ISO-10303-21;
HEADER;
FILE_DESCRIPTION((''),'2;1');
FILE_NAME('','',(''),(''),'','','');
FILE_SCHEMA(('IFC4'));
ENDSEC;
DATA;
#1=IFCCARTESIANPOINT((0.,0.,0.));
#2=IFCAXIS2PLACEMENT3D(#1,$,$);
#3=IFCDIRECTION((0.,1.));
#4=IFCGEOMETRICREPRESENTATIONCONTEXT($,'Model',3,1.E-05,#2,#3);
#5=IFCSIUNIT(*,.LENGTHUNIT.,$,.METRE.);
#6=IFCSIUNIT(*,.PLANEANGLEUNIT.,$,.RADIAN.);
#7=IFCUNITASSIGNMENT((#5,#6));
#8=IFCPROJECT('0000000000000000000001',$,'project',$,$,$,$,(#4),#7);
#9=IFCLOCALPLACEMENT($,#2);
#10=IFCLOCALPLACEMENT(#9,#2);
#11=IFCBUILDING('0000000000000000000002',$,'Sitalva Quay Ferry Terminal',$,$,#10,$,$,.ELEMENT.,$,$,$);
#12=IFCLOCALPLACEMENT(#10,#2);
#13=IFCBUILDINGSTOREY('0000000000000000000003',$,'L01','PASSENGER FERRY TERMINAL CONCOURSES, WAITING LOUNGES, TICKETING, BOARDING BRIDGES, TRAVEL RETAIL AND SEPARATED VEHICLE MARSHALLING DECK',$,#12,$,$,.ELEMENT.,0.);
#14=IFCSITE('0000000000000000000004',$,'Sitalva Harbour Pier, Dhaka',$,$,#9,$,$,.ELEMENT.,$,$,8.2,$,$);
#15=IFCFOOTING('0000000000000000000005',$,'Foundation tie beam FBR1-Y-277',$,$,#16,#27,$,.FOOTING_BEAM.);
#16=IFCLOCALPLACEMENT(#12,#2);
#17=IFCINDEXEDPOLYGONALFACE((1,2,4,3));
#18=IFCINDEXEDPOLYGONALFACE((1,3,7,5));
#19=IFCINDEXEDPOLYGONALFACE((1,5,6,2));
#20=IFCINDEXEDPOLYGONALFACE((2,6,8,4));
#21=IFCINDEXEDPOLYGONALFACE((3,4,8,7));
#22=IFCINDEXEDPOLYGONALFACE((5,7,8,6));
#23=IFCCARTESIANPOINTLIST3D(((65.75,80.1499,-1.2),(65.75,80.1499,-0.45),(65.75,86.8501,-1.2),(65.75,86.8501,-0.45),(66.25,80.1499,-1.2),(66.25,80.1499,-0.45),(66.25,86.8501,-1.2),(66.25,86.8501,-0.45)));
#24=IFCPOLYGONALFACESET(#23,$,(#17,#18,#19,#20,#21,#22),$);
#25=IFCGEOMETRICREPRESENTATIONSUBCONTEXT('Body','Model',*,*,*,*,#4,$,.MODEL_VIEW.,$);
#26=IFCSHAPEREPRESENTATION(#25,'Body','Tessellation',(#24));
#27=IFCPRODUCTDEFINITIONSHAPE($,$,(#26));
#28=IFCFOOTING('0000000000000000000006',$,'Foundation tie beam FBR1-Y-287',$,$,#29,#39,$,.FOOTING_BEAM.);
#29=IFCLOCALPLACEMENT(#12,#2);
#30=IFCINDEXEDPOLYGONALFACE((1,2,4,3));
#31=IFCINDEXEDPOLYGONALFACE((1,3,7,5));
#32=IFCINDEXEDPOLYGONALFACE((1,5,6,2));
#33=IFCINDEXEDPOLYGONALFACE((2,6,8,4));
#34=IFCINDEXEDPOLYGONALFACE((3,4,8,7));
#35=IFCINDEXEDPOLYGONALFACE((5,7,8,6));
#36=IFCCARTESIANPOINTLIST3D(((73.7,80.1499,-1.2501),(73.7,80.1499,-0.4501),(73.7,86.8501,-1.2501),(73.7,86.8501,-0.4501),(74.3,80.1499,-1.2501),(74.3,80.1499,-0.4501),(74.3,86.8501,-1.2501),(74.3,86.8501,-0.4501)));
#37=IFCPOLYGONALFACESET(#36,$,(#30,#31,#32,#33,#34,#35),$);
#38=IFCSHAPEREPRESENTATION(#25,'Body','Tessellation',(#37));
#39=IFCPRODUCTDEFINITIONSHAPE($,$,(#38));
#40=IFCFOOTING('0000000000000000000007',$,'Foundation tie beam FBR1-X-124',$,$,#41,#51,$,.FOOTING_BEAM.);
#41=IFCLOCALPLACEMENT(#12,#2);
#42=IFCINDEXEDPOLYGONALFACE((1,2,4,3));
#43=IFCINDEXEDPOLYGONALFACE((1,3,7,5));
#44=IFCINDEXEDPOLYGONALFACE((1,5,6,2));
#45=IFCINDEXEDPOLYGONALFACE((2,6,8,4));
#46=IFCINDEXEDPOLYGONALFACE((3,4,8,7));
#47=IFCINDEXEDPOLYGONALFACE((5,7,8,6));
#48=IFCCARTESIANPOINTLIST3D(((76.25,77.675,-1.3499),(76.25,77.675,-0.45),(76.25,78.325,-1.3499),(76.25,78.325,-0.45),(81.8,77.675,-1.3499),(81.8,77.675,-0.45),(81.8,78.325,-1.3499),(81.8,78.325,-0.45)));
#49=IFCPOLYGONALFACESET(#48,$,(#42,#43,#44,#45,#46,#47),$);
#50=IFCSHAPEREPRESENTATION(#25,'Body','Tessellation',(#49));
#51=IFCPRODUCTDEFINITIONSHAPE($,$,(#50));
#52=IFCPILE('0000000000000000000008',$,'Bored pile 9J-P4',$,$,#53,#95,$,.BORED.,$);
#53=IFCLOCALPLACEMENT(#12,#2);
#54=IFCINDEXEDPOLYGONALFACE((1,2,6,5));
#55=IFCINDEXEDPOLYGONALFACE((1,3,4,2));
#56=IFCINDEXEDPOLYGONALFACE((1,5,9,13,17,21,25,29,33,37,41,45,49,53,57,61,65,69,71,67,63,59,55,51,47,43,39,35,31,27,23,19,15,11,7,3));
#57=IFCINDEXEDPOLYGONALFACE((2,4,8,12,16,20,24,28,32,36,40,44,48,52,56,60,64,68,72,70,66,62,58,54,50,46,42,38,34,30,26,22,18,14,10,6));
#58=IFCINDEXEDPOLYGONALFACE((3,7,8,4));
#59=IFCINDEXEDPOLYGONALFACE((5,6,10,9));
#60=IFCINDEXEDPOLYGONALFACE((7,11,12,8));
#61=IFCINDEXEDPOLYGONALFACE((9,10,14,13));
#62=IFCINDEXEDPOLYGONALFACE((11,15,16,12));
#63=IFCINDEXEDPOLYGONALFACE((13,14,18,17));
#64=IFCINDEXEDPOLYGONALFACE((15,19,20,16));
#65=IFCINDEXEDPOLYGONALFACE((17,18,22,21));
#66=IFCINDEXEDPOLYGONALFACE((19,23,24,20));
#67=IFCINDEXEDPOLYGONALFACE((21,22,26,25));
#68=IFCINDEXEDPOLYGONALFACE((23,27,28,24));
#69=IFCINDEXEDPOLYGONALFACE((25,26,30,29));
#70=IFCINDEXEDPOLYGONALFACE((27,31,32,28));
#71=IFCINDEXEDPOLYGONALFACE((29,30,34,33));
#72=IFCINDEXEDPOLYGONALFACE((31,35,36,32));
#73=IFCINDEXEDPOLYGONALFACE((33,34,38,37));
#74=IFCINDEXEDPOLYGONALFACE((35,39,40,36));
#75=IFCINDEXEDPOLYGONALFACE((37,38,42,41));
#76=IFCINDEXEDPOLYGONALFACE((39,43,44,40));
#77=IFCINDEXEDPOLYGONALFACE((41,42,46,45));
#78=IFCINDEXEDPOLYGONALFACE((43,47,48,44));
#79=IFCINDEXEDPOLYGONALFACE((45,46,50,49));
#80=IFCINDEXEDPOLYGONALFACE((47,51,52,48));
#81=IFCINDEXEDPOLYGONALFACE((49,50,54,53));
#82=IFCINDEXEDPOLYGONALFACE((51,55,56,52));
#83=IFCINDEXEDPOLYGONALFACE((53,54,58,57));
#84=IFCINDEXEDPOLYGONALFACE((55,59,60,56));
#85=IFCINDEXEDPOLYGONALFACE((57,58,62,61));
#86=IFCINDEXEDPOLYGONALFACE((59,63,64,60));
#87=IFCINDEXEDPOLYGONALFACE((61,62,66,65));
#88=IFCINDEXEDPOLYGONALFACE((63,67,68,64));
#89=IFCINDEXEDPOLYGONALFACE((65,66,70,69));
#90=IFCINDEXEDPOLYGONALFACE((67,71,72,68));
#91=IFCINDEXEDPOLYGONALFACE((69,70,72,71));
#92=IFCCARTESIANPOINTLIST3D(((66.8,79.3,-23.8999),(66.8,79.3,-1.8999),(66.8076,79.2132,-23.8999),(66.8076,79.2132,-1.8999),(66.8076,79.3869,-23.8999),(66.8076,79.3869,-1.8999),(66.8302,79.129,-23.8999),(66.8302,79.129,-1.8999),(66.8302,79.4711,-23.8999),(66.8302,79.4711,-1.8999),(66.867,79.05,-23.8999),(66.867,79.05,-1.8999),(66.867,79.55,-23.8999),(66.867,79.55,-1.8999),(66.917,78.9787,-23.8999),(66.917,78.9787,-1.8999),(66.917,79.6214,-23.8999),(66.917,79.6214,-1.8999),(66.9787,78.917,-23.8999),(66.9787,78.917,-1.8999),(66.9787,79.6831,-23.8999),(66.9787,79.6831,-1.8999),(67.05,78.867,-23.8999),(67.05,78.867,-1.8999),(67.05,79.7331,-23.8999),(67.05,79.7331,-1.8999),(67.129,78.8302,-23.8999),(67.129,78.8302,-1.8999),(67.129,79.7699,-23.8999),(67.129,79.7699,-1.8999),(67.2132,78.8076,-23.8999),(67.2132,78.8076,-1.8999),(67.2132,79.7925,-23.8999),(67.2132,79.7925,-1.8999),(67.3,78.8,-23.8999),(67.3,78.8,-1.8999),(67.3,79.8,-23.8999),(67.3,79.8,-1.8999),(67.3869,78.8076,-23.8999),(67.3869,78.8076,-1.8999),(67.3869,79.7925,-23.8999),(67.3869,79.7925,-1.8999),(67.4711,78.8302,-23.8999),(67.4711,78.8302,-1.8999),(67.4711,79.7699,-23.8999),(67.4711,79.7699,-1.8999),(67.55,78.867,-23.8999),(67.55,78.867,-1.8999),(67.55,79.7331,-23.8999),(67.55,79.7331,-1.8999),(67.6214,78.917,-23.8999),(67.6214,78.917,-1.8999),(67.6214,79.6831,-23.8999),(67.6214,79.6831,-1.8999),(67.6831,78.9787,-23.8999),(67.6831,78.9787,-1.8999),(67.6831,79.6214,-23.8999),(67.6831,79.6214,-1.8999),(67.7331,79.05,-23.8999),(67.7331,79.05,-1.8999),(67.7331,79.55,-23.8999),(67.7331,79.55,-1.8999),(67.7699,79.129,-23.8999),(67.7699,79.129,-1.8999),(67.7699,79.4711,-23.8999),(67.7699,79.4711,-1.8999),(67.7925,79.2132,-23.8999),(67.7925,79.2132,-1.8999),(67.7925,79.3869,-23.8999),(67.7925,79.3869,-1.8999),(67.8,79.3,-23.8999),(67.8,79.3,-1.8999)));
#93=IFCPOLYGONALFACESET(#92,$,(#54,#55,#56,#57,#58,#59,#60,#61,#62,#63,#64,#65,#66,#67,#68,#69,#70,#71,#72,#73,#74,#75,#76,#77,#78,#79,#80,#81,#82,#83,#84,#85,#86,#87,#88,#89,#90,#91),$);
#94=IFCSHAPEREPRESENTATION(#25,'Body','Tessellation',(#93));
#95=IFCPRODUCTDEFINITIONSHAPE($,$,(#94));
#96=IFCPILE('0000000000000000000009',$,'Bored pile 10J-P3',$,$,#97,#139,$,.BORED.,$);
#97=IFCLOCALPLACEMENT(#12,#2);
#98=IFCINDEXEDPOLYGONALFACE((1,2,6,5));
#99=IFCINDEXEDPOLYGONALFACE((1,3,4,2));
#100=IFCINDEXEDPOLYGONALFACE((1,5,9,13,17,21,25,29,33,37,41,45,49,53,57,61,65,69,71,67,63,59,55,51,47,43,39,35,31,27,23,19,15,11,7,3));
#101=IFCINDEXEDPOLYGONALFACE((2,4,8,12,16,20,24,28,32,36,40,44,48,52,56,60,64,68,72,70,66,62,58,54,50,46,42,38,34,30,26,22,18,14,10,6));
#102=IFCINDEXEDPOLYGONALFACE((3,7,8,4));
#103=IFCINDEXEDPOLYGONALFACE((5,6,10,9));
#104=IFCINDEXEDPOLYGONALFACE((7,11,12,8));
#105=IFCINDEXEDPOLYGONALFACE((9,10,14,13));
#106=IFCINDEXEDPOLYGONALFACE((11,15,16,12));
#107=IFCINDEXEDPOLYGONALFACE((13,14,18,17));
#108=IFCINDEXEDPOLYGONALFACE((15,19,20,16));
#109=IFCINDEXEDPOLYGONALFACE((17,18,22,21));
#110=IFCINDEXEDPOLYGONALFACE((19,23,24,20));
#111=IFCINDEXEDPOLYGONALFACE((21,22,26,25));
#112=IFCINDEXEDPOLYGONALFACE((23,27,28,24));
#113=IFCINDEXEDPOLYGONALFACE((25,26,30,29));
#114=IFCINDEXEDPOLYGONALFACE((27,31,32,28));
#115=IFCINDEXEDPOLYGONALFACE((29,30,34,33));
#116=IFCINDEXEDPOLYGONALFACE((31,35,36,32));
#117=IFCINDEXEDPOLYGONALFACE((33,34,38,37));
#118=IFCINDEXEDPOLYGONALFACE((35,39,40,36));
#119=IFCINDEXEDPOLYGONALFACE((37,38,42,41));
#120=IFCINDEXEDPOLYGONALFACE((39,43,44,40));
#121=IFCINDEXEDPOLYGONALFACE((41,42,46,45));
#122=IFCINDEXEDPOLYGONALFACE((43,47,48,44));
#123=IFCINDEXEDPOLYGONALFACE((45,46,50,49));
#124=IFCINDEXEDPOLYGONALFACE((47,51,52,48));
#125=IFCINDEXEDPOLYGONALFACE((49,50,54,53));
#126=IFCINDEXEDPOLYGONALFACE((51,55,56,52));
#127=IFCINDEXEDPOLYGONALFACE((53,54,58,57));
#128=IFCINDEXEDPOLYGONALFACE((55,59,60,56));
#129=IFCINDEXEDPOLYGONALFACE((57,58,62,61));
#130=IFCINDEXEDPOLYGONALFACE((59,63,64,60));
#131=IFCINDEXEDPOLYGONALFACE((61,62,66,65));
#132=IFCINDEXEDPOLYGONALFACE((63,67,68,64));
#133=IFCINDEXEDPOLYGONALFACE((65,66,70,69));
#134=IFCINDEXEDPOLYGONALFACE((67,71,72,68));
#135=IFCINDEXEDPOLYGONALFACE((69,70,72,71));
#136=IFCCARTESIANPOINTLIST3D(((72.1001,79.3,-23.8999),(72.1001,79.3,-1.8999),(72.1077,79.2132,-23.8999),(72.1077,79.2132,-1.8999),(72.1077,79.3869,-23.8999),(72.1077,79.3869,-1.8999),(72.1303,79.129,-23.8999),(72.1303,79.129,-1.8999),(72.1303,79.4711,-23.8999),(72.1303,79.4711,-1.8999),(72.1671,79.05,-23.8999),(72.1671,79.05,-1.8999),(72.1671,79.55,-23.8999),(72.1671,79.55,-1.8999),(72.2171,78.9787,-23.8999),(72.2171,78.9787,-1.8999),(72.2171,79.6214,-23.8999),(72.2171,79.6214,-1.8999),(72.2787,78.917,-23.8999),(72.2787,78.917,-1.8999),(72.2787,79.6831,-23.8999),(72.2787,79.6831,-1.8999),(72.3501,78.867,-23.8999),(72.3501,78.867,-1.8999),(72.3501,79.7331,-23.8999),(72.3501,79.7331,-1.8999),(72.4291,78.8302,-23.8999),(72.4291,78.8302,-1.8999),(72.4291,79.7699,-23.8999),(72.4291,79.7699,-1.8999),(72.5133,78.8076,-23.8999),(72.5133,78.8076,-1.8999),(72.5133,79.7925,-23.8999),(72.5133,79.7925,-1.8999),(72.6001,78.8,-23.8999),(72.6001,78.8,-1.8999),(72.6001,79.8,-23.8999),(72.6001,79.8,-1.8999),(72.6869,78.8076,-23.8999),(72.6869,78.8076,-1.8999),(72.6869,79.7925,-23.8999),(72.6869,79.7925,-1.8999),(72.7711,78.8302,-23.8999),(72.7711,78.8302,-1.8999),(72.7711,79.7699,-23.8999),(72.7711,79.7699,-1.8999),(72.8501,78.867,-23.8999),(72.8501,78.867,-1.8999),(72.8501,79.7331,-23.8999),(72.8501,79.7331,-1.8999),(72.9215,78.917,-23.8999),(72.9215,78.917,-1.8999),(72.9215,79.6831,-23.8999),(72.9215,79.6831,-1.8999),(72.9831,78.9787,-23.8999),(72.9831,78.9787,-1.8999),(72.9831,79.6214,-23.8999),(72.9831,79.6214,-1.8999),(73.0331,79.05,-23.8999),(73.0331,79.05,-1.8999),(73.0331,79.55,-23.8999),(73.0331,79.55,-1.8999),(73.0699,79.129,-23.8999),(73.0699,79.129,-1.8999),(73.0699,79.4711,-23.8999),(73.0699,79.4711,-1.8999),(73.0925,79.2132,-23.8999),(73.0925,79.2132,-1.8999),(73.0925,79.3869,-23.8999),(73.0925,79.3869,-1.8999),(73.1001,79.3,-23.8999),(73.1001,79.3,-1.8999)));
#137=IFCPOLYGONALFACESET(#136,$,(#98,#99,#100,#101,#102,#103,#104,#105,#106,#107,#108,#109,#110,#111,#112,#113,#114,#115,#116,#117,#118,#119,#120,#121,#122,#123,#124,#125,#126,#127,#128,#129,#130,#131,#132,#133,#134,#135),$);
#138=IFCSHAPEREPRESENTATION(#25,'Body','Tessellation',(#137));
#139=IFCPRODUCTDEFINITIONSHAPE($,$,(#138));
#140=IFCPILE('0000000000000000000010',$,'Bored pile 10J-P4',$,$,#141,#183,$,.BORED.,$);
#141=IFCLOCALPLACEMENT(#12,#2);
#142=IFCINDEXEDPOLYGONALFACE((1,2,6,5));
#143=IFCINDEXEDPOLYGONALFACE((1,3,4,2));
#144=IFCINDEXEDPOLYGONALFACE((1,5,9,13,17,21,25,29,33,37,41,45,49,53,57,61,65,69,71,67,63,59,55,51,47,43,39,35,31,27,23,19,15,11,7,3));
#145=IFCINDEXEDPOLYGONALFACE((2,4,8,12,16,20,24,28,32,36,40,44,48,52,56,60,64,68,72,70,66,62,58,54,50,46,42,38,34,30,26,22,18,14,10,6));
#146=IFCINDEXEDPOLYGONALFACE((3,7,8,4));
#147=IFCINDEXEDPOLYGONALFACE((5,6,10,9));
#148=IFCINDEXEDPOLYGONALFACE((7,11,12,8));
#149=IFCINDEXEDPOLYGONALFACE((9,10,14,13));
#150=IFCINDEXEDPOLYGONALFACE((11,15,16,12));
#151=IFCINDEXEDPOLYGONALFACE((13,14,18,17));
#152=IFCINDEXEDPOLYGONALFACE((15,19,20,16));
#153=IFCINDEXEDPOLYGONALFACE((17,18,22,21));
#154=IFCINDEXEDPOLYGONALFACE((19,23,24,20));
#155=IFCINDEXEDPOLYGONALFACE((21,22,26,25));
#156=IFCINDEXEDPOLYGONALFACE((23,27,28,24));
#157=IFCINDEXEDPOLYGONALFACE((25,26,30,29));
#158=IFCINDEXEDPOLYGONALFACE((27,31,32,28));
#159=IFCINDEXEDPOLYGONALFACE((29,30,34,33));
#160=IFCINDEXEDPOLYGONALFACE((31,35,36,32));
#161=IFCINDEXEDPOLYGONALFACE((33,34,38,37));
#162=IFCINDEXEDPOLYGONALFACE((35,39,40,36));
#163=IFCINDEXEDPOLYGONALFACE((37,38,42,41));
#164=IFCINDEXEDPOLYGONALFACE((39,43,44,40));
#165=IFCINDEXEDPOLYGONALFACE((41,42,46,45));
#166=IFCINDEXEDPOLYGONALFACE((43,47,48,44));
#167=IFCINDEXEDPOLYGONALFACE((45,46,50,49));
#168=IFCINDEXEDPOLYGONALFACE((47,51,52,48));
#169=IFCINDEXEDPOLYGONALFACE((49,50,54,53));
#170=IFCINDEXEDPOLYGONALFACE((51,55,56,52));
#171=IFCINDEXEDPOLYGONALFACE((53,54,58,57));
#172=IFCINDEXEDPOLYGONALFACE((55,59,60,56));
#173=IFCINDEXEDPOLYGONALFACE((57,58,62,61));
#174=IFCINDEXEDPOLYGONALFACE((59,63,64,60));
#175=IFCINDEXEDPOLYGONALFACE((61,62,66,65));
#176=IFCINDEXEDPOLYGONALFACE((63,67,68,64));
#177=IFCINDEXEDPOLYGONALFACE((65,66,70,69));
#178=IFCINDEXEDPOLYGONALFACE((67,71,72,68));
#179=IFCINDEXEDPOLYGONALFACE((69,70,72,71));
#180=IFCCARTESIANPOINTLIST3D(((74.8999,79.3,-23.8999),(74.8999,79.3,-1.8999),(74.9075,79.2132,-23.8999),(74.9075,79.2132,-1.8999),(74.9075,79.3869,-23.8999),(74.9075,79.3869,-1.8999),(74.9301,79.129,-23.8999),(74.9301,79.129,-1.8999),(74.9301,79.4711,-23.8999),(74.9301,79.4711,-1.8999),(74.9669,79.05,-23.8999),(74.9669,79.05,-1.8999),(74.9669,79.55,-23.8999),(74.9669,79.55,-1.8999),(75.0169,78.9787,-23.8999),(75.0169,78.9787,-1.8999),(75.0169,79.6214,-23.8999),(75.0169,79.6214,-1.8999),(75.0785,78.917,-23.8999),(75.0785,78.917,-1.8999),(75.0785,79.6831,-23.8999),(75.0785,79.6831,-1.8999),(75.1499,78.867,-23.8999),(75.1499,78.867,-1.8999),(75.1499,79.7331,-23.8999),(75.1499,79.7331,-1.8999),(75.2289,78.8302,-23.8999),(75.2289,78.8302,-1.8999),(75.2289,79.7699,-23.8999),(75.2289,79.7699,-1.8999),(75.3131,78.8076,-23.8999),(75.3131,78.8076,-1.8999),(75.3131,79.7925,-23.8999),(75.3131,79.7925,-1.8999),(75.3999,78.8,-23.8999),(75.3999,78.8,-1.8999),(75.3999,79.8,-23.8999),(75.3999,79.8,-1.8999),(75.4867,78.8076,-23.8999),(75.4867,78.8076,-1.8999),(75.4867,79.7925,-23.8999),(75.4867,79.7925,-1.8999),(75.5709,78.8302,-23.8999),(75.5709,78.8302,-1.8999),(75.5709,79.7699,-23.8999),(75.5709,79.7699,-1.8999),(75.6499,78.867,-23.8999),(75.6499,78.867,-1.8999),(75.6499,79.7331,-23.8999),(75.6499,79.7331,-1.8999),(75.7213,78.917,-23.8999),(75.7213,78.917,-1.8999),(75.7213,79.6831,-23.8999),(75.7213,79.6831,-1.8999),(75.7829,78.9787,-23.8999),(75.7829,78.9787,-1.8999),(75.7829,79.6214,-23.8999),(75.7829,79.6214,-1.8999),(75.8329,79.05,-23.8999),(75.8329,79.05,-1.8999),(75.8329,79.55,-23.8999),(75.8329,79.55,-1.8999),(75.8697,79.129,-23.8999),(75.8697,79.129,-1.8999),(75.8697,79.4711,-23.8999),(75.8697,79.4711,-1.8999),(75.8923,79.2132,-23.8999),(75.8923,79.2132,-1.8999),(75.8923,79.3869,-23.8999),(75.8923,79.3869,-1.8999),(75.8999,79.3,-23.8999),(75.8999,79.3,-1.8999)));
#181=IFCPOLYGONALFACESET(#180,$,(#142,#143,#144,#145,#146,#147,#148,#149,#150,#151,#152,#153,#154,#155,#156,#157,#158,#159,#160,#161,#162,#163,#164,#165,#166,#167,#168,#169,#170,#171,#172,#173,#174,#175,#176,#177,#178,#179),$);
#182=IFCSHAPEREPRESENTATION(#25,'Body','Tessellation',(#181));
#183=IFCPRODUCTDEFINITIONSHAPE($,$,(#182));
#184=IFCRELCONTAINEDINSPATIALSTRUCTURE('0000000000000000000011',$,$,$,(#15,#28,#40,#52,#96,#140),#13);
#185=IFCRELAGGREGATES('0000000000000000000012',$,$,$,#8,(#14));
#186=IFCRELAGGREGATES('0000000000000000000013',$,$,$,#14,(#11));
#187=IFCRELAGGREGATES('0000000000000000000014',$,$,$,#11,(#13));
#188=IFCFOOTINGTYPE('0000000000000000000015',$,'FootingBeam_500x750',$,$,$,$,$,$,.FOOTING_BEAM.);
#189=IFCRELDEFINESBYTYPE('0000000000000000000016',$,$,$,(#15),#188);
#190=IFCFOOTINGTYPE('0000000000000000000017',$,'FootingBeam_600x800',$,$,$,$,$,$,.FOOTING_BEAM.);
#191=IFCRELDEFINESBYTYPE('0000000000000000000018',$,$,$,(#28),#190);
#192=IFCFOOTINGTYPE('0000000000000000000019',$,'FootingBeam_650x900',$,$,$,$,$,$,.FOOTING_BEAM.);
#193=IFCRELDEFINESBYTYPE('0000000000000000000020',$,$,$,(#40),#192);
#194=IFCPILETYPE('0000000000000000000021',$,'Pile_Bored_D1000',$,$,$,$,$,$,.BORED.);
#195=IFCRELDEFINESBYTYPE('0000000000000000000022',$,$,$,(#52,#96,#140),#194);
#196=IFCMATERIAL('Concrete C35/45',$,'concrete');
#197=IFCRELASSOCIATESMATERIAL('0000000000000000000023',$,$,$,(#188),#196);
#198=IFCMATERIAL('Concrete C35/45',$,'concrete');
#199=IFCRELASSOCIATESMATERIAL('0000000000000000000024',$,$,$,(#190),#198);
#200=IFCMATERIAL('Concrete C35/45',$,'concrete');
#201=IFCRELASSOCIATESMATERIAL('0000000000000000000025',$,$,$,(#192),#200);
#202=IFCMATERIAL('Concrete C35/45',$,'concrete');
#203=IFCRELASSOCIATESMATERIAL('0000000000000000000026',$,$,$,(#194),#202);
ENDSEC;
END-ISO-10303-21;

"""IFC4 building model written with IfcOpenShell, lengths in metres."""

from ifc_helpers import new_model, si_unit, direction, frame, origin, origin_2d, place, context, subcontext, project, spatial, rectangle, circle, extrude, material, material_profile, profile_set, type_object, element, save


model = new_model("IFC4")

# Units and contexts
model_context = context("Model", 3, precision=1e-05, world=origin(), true_north=direction((0.0, 1.0)))
body_context = subcontext(model_context, "Body", "Model", "MODEL_VIEW")
ifc_project = project(units=[si_unit("LENGTHUNIT", "METRE"), si_unit("PLANEANGLEUNIT", "RADIAN")], contexts=[model_context])

# Site, building, storey
site_placement = place(None, origin())
site = spatial("IfcSite", under=ifc_project, at=site_placement, Name="Sitalva Harbour Pier, Dhaka", CompositionType="ELEMENT", RefElevation=8.2)
building_placement = place(site_placement, origin())
building = spatial("IfcBuilding", under=site, at=building_placement, Name="Sitalva Quay Ferry Terminal", CompositionType="ELEMENT")
storey_placement = place(building_placement, origin())
storey = spatial("IfcBuildingStorey", under=building, at=storey_placement, Name="L01", Description="PASSENGER FERRY TERMINAL CONCOURSES, WAITING LOUNGES, TICKETING, BOARDING BRIDGES, TRAVEL RETAIL AND SEPARATED VEHICLE MARSHALLING DECK", CompositionType="ELEMENT", Elevation=0.0)

# Footings
ifc_material_1 = material(Name="Concrete C35/45", Category="concrete")
ifc_material_profile_1 = material_profile(ifc_material_1, rectangle(XDim=0.5, YDim=0.75, at=origin_2d()), Name="RC500x750")
ifc_profile_set_1 = profile_set([ifc_material_profile_1], Name="Concrete C35/45")
footing_type_1 = type_object("IfcFootingType", Name="FootingBeam_500x750", PredefinedType="FOOTING_BEAM", material=ifc_profile_set_1)
footing_1_placement = place(storey_placement, frame((66.0, 80.1499, -0.825), z_axis=(0.0, 1.0, 0.0), x_axis=(-1.0, 0.0, 0.0)))
element("IfcFooting", 1, at=footing_1_placement, inside=storey, type_object=footing_type_1, Name="Foundation tie beam FBR1-Y-277", PredefinedType="FOOTING_BEAM", context=body_context, shape_type="SweptSolid", body=[
    extrude(rectangle(XDim=0.5, YDim=0.75, at=origin_2d()), origin(), (0.0, 0.0, 1.0), 6.7002),
])
ifc_material_2 = material(Name="Concrete C35/45", Category="concrete")
ifc_material_profile_2 = material_profile(ifc_material_2, rectangle(XDim=0.6001, YDim=0.8, at=origin_2d()), Name="RC600x800")
ifc_profile_set_2 = profile_set([ifc_material_profile_2], Name="Concrete C35/45")
footing_type_2 = type_object("IfcFootingType", Name="FootingBeam_600x800", PredefinedType="FOOTING_BEAM", material=ifc_profile_set_2)
footing_2_placement = place(storey_placement, frame((74.0, 80.1499, -0.8501), z_axis=(0.0, 1.0, 0.0), x_axis=(-1.0, 0.0, 0.0)))
element("IfcFooting", 2, at=footing_2_placement, inside=storey, type_object=footing_type_2, Name="Foundation tie beam FBR1-Y-287", PredefinedType="FOOTING_BEAM", context=body_context, shape_type="SweptSolid", body=[
    extrude(rectangle(XDim=0.6001, YDim=0.8, at=origin_2d()), origin(), (0.0, 0.0, 1.0), 6.7002),
])
ifc_material_3 = material(Name="Concrete C35/45", Category="concrete")
ifc_material_profile_3 = material_profile(ifc_material_3, rectangle(XDim=0.6499, YDim=0.8999, at=origin_2d()), Name="RC650x900")
ifc_profile_set_3 = profile_set([ifc_material_profile_3], Name="Concrete C35/45")
footing_type_3 = type_object("IfcFootingType", Name="FootingBeam_650x900", PredefinedType="FOOTING_BEAM", material=ifc_profile_set_3)
footing_3_placement = place(storey_placement, frame((76.25, 78.0, -0.8999), z_axis=(1.0, 0.0, 0.0), x_axis=(0.0, 1.0, 0.0)))
element("IfcFooting", 3, at=footing_3_placement, inside=storey, type_object=footing_type_3, Name="Foundation tie beam FBR1-X-124", PredefinedType="FOOTING_BEAM", context=body_context, shape_type="SweptSolid", body=[
    extrude(rectangle(XDim=0.6499, YDim=0.8999, at=origin_2d()), origin(), (0.0, 0.0, 1.0), 5.55),
])

# Piles
ifc_material_4 = material(Name="Concrete C35/45", Category="concrete")
ifc_material_profile_4 = material_profile(ifc_material_4, circle(Radius=0.5, at=origin_2d()), Name="PILE-D1000")
ifc_profile_set_4 = profile_set([ifc_material_profile_4], Name="Concrete C35/45")
pile_type = type_object("IfcPileType", Name="Pile_Bored_D1000", PredefinedType="BORED", material=ifc_profile_set_4)
for number, where, z_axis, x_axis, name in (
    (4, (67.3, 79.3, -1.8999), (0.0, 0.0, -1.0), (1.0, 0.0, 0.0), "Bored pile 9J-P4"),
    (5, (72.6001, 79.3, -1.8999), (0.0, 0.0, -1.0), (1.0, 0.0, 0.0), "Bored pile 10J-P3"),
    (6, (75.3999, 79.3, -1.8999), (0.0, 0.0, -1.0), (1.0, 0.0, 0.0), "Bored pile 10J-P4"),
):
    element("IfcPile", number, at=place(storey_placement, frame(where, z_axis=z_axis, x_axis=x_axis)), inside=storey, type_object=pile_type, Name=name, PredefinedType="BORED", context=body_context, shape_type="SweptSolid", body=[
        extrude(circle(Radius=0.5, at=origin_2d()), origin(), (0.0, 0.0, 1.0), 22.0),
    ])

save(model, "model.ifc")
